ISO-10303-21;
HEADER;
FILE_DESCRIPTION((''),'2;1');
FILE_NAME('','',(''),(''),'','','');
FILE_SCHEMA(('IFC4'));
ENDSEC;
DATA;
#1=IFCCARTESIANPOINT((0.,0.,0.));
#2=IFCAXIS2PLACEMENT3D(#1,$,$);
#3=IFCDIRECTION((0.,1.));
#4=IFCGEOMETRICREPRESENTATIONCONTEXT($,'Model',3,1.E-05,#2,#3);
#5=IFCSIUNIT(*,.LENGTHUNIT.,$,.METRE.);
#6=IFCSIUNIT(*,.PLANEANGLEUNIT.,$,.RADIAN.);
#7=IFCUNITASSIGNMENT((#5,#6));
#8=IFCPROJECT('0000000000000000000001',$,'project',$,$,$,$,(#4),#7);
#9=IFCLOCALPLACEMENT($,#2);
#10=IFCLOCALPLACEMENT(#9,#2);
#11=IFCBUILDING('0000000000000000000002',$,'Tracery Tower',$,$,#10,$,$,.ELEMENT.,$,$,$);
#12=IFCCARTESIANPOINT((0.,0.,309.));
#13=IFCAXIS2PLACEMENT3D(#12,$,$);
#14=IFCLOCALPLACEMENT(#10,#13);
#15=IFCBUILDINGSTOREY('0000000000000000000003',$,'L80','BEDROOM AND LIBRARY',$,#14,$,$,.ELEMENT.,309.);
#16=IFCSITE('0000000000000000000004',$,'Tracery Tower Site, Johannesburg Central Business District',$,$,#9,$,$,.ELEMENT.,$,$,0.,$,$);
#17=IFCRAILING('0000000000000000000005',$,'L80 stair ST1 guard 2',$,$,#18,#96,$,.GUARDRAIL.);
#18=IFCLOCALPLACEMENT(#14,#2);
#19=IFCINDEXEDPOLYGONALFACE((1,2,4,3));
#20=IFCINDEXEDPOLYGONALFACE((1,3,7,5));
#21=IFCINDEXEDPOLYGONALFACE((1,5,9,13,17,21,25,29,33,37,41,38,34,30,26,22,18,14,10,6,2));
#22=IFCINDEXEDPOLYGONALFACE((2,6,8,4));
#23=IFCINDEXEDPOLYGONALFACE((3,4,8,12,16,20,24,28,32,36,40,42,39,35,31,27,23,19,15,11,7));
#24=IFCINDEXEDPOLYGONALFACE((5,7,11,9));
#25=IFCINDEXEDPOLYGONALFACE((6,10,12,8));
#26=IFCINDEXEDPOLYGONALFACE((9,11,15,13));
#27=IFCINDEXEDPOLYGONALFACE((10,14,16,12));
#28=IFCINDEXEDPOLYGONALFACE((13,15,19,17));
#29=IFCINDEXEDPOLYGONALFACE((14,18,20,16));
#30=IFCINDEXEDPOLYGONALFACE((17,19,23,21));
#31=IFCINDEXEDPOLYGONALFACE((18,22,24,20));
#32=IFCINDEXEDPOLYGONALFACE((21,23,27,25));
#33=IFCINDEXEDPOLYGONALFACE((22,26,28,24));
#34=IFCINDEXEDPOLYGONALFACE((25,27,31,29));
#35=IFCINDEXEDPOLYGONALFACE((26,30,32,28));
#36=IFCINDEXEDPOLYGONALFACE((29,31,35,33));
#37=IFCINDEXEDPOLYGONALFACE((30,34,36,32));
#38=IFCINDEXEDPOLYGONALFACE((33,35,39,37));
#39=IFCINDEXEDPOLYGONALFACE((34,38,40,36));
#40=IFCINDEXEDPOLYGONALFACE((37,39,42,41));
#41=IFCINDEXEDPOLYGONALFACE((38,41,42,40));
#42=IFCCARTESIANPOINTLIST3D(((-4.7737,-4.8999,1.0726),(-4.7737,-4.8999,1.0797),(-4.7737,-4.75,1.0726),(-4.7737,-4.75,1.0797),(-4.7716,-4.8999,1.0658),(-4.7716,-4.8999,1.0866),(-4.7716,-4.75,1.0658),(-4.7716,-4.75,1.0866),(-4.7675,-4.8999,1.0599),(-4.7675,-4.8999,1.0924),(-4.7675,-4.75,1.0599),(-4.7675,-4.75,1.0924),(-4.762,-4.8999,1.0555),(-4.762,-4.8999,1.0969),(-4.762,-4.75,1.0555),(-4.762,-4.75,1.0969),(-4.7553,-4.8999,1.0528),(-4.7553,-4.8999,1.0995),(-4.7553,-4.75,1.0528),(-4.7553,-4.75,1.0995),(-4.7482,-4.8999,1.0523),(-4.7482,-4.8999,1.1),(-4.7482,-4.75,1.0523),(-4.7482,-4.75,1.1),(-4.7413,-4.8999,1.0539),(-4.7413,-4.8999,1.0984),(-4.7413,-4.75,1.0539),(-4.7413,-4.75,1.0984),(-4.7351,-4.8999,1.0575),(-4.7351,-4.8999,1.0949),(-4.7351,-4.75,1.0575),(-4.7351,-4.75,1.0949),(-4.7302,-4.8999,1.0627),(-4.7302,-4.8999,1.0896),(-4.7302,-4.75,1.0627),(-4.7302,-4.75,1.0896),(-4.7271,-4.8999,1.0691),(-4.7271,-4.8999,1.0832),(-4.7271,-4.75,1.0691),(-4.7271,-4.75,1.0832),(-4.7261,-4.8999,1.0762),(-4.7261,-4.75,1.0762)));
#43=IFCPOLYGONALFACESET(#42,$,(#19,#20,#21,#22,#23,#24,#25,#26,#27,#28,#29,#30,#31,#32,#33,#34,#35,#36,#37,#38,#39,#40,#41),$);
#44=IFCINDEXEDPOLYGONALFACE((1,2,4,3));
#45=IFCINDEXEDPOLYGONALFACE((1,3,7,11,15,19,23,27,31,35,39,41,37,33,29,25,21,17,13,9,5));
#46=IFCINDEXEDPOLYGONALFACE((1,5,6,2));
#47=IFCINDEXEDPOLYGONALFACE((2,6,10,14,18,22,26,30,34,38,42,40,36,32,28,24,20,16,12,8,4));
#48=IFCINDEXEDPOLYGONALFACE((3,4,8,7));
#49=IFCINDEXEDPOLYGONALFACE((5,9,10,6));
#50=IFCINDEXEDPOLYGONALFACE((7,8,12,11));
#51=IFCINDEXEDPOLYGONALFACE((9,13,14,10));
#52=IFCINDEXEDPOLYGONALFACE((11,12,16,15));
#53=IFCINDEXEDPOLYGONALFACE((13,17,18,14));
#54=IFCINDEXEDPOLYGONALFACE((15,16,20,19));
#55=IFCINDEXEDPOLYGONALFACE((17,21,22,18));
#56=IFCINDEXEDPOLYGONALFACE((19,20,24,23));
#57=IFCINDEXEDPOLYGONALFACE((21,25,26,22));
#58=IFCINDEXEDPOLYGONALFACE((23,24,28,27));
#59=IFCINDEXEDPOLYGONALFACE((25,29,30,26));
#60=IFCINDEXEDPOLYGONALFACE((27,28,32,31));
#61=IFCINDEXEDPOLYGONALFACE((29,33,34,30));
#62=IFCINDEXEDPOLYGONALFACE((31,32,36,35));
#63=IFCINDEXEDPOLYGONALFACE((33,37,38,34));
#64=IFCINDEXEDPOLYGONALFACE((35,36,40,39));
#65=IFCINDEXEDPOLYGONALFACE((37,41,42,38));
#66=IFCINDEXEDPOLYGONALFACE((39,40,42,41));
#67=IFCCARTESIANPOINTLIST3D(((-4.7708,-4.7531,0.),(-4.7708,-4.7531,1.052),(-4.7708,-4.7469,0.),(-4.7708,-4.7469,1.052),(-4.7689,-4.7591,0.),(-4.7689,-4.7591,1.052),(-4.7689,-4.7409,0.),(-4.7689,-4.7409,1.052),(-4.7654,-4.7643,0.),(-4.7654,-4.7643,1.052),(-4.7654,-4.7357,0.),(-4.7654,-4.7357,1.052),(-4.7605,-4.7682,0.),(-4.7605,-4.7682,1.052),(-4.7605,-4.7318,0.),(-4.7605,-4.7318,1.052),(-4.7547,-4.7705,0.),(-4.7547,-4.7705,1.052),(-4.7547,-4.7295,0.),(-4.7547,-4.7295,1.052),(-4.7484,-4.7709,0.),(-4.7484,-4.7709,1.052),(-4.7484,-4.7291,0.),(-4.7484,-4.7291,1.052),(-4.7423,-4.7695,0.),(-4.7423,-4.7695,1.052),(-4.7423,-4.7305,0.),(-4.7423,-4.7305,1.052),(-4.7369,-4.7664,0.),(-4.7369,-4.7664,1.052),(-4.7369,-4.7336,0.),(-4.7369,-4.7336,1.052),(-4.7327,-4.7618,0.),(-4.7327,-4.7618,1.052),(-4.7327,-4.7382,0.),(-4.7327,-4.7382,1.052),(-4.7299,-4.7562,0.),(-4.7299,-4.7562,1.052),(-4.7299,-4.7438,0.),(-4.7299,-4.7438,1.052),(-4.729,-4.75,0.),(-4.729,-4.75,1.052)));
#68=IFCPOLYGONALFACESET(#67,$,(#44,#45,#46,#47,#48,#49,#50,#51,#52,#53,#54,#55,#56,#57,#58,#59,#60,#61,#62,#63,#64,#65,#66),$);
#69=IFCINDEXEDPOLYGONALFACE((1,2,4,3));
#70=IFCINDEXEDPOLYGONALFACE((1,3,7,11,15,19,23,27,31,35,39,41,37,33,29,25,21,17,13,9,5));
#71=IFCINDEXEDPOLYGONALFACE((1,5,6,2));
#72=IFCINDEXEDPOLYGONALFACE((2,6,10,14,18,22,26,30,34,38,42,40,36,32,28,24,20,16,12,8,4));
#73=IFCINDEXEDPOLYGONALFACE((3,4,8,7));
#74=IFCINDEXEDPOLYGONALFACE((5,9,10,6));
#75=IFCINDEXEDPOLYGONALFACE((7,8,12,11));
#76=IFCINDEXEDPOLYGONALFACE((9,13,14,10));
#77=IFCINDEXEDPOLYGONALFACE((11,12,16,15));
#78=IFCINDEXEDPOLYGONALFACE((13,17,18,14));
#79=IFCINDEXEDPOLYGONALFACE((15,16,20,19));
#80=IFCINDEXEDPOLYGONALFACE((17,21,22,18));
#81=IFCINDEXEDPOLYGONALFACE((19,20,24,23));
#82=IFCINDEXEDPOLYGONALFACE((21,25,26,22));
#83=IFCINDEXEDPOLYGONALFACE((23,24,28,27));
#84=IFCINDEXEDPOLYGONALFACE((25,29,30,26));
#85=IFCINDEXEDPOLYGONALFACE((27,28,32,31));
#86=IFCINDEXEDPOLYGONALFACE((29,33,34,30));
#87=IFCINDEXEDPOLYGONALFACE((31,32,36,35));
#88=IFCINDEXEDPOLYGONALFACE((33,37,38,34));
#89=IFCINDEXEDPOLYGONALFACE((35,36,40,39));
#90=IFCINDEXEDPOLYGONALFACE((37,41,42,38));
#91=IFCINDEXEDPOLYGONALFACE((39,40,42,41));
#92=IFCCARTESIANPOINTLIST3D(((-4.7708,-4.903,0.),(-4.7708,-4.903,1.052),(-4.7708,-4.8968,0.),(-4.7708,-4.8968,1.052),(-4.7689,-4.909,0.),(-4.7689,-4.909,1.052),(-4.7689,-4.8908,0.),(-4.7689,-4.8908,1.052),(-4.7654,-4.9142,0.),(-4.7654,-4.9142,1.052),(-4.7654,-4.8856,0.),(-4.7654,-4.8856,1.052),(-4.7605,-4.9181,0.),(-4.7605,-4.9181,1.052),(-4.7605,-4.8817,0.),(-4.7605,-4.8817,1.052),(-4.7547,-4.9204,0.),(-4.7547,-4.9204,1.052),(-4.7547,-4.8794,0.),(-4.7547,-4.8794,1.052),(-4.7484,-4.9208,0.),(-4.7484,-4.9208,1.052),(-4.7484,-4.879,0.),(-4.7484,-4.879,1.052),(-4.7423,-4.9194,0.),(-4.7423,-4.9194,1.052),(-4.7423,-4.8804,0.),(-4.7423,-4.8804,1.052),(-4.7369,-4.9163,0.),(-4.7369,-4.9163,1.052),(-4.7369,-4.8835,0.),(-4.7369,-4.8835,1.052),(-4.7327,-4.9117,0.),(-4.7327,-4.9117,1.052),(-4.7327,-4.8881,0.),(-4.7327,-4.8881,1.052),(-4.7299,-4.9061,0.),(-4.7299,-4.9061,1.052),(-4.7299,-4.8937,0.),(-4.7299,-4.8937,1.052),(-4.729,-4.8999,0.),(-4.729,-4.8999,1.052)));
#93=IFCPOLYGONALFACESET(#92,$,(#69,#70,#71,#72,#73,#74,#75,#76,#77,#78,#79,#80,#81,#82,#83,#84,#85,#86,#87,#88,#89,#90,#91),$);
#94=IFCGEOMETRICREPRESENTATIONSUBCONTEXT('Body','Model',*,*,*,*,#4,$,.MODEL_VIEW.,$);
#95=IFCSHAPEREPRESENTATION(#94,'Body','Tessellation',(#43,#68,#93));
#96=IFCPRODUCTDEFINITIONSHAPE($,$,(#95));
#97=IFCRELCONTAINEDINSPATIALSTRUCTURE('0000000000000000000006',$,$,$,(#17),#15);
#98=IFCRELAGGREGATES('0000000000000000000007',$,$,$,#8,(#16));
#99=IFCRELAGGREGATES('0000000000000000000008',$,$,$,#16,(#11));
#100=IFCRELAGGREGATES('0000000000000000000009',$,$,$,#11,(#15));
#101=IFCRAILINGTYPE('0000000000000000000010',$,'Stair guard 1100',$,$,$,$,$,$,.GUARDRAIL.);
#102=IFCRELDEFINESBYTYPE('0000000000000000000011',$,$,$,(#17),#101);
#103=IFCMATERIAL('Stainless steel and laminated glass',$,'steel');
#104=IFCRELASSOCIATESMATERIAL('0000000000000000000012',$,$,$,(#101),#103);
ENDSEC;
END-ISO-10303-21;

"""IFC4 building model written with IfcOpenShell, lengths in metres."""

from ifc_helpers import new_model, si_unit, direction, frame, origin, origin_2d, place, context, subcontext, project, spatial, circle, extrude, material, type_object, element, save


model = new_model("IFC4")

# Units and contexts
model_context = context("Model", 3, precision=1e-05, world=origin(), true_north=direction((0.0, 1.0)))
body_context = subcontext(model_context, "Body", "Model", "MODEL_VIEW")
ifc_project = project(units=[si_unit("LENGTHUNIT", "METRE"), si_unit("PLANEANGLEUNIT", "RADIAN")], contexts=[model_context])

# Site, building, storey
site_placement = place(None, origin())
site = spatial("IfcSite", under=ifc_project, at=site_placement, Name="Tracery Tower Site, Johannesburg Central Business District", CompositionType="ELEMENT", RefElevation=0.0)
building_placement = place(site_placement, origin())
building = spatial("IfcBuilding", under=site, at=building_placement, Name="Tracery Tower", CompositionType="ELEMENT")
storey_placement = place(building_placement, frame((0.0, 0.0, 309.0)))
storey = spatial("IfcBuildingStorey", under=building, at=storey_placement, Name="L80", Description="BEDROOM AND LIBRARY", CompositionType="ELEMENT", Elevation=309.0)

# Railing
ifc_material_1 = material(Name="Stainless steel and laminated glass", Category="steel")
railing_type_1 = type_object("IfcRailingType", Name="Stair guard 1100", PredefinedType="GUARDRAIL", material=ifc_material_1)
railing_1_placement = place(storey_placement, frame((-4.75, -4.75, 0.0)))
element("IfcRailing", 1, at=railing_1_placement, inside=storey, type_object=railing_type_1, Name="L80 stair ST1 guard 2", PredefinedType="GUARDRAIL", context=body_context, shape_type="SweptSolid", body=[
    extrude(circle(Radius=0.0239, at=origin_2d()), frame((0.0, 0.0, 1.0762), z_axis=(0.0, -1.0, 0.0), x_axis=(1.0, 0.0, 0.0)), (0.0, 0.0, 1.0), 0.1499),
    extrude(circle(Radius=0.021, at=origin_2d()), origin(), (0.0, 0.0, 1.0), 1.052),
    extrude(circle(Radius=0.021, at=origin_2d()), frame((0.0, -0.1499, 0.0)), (0.0, 0.0, 1.0), 1.052),
])

save(model, "model.ifc")
